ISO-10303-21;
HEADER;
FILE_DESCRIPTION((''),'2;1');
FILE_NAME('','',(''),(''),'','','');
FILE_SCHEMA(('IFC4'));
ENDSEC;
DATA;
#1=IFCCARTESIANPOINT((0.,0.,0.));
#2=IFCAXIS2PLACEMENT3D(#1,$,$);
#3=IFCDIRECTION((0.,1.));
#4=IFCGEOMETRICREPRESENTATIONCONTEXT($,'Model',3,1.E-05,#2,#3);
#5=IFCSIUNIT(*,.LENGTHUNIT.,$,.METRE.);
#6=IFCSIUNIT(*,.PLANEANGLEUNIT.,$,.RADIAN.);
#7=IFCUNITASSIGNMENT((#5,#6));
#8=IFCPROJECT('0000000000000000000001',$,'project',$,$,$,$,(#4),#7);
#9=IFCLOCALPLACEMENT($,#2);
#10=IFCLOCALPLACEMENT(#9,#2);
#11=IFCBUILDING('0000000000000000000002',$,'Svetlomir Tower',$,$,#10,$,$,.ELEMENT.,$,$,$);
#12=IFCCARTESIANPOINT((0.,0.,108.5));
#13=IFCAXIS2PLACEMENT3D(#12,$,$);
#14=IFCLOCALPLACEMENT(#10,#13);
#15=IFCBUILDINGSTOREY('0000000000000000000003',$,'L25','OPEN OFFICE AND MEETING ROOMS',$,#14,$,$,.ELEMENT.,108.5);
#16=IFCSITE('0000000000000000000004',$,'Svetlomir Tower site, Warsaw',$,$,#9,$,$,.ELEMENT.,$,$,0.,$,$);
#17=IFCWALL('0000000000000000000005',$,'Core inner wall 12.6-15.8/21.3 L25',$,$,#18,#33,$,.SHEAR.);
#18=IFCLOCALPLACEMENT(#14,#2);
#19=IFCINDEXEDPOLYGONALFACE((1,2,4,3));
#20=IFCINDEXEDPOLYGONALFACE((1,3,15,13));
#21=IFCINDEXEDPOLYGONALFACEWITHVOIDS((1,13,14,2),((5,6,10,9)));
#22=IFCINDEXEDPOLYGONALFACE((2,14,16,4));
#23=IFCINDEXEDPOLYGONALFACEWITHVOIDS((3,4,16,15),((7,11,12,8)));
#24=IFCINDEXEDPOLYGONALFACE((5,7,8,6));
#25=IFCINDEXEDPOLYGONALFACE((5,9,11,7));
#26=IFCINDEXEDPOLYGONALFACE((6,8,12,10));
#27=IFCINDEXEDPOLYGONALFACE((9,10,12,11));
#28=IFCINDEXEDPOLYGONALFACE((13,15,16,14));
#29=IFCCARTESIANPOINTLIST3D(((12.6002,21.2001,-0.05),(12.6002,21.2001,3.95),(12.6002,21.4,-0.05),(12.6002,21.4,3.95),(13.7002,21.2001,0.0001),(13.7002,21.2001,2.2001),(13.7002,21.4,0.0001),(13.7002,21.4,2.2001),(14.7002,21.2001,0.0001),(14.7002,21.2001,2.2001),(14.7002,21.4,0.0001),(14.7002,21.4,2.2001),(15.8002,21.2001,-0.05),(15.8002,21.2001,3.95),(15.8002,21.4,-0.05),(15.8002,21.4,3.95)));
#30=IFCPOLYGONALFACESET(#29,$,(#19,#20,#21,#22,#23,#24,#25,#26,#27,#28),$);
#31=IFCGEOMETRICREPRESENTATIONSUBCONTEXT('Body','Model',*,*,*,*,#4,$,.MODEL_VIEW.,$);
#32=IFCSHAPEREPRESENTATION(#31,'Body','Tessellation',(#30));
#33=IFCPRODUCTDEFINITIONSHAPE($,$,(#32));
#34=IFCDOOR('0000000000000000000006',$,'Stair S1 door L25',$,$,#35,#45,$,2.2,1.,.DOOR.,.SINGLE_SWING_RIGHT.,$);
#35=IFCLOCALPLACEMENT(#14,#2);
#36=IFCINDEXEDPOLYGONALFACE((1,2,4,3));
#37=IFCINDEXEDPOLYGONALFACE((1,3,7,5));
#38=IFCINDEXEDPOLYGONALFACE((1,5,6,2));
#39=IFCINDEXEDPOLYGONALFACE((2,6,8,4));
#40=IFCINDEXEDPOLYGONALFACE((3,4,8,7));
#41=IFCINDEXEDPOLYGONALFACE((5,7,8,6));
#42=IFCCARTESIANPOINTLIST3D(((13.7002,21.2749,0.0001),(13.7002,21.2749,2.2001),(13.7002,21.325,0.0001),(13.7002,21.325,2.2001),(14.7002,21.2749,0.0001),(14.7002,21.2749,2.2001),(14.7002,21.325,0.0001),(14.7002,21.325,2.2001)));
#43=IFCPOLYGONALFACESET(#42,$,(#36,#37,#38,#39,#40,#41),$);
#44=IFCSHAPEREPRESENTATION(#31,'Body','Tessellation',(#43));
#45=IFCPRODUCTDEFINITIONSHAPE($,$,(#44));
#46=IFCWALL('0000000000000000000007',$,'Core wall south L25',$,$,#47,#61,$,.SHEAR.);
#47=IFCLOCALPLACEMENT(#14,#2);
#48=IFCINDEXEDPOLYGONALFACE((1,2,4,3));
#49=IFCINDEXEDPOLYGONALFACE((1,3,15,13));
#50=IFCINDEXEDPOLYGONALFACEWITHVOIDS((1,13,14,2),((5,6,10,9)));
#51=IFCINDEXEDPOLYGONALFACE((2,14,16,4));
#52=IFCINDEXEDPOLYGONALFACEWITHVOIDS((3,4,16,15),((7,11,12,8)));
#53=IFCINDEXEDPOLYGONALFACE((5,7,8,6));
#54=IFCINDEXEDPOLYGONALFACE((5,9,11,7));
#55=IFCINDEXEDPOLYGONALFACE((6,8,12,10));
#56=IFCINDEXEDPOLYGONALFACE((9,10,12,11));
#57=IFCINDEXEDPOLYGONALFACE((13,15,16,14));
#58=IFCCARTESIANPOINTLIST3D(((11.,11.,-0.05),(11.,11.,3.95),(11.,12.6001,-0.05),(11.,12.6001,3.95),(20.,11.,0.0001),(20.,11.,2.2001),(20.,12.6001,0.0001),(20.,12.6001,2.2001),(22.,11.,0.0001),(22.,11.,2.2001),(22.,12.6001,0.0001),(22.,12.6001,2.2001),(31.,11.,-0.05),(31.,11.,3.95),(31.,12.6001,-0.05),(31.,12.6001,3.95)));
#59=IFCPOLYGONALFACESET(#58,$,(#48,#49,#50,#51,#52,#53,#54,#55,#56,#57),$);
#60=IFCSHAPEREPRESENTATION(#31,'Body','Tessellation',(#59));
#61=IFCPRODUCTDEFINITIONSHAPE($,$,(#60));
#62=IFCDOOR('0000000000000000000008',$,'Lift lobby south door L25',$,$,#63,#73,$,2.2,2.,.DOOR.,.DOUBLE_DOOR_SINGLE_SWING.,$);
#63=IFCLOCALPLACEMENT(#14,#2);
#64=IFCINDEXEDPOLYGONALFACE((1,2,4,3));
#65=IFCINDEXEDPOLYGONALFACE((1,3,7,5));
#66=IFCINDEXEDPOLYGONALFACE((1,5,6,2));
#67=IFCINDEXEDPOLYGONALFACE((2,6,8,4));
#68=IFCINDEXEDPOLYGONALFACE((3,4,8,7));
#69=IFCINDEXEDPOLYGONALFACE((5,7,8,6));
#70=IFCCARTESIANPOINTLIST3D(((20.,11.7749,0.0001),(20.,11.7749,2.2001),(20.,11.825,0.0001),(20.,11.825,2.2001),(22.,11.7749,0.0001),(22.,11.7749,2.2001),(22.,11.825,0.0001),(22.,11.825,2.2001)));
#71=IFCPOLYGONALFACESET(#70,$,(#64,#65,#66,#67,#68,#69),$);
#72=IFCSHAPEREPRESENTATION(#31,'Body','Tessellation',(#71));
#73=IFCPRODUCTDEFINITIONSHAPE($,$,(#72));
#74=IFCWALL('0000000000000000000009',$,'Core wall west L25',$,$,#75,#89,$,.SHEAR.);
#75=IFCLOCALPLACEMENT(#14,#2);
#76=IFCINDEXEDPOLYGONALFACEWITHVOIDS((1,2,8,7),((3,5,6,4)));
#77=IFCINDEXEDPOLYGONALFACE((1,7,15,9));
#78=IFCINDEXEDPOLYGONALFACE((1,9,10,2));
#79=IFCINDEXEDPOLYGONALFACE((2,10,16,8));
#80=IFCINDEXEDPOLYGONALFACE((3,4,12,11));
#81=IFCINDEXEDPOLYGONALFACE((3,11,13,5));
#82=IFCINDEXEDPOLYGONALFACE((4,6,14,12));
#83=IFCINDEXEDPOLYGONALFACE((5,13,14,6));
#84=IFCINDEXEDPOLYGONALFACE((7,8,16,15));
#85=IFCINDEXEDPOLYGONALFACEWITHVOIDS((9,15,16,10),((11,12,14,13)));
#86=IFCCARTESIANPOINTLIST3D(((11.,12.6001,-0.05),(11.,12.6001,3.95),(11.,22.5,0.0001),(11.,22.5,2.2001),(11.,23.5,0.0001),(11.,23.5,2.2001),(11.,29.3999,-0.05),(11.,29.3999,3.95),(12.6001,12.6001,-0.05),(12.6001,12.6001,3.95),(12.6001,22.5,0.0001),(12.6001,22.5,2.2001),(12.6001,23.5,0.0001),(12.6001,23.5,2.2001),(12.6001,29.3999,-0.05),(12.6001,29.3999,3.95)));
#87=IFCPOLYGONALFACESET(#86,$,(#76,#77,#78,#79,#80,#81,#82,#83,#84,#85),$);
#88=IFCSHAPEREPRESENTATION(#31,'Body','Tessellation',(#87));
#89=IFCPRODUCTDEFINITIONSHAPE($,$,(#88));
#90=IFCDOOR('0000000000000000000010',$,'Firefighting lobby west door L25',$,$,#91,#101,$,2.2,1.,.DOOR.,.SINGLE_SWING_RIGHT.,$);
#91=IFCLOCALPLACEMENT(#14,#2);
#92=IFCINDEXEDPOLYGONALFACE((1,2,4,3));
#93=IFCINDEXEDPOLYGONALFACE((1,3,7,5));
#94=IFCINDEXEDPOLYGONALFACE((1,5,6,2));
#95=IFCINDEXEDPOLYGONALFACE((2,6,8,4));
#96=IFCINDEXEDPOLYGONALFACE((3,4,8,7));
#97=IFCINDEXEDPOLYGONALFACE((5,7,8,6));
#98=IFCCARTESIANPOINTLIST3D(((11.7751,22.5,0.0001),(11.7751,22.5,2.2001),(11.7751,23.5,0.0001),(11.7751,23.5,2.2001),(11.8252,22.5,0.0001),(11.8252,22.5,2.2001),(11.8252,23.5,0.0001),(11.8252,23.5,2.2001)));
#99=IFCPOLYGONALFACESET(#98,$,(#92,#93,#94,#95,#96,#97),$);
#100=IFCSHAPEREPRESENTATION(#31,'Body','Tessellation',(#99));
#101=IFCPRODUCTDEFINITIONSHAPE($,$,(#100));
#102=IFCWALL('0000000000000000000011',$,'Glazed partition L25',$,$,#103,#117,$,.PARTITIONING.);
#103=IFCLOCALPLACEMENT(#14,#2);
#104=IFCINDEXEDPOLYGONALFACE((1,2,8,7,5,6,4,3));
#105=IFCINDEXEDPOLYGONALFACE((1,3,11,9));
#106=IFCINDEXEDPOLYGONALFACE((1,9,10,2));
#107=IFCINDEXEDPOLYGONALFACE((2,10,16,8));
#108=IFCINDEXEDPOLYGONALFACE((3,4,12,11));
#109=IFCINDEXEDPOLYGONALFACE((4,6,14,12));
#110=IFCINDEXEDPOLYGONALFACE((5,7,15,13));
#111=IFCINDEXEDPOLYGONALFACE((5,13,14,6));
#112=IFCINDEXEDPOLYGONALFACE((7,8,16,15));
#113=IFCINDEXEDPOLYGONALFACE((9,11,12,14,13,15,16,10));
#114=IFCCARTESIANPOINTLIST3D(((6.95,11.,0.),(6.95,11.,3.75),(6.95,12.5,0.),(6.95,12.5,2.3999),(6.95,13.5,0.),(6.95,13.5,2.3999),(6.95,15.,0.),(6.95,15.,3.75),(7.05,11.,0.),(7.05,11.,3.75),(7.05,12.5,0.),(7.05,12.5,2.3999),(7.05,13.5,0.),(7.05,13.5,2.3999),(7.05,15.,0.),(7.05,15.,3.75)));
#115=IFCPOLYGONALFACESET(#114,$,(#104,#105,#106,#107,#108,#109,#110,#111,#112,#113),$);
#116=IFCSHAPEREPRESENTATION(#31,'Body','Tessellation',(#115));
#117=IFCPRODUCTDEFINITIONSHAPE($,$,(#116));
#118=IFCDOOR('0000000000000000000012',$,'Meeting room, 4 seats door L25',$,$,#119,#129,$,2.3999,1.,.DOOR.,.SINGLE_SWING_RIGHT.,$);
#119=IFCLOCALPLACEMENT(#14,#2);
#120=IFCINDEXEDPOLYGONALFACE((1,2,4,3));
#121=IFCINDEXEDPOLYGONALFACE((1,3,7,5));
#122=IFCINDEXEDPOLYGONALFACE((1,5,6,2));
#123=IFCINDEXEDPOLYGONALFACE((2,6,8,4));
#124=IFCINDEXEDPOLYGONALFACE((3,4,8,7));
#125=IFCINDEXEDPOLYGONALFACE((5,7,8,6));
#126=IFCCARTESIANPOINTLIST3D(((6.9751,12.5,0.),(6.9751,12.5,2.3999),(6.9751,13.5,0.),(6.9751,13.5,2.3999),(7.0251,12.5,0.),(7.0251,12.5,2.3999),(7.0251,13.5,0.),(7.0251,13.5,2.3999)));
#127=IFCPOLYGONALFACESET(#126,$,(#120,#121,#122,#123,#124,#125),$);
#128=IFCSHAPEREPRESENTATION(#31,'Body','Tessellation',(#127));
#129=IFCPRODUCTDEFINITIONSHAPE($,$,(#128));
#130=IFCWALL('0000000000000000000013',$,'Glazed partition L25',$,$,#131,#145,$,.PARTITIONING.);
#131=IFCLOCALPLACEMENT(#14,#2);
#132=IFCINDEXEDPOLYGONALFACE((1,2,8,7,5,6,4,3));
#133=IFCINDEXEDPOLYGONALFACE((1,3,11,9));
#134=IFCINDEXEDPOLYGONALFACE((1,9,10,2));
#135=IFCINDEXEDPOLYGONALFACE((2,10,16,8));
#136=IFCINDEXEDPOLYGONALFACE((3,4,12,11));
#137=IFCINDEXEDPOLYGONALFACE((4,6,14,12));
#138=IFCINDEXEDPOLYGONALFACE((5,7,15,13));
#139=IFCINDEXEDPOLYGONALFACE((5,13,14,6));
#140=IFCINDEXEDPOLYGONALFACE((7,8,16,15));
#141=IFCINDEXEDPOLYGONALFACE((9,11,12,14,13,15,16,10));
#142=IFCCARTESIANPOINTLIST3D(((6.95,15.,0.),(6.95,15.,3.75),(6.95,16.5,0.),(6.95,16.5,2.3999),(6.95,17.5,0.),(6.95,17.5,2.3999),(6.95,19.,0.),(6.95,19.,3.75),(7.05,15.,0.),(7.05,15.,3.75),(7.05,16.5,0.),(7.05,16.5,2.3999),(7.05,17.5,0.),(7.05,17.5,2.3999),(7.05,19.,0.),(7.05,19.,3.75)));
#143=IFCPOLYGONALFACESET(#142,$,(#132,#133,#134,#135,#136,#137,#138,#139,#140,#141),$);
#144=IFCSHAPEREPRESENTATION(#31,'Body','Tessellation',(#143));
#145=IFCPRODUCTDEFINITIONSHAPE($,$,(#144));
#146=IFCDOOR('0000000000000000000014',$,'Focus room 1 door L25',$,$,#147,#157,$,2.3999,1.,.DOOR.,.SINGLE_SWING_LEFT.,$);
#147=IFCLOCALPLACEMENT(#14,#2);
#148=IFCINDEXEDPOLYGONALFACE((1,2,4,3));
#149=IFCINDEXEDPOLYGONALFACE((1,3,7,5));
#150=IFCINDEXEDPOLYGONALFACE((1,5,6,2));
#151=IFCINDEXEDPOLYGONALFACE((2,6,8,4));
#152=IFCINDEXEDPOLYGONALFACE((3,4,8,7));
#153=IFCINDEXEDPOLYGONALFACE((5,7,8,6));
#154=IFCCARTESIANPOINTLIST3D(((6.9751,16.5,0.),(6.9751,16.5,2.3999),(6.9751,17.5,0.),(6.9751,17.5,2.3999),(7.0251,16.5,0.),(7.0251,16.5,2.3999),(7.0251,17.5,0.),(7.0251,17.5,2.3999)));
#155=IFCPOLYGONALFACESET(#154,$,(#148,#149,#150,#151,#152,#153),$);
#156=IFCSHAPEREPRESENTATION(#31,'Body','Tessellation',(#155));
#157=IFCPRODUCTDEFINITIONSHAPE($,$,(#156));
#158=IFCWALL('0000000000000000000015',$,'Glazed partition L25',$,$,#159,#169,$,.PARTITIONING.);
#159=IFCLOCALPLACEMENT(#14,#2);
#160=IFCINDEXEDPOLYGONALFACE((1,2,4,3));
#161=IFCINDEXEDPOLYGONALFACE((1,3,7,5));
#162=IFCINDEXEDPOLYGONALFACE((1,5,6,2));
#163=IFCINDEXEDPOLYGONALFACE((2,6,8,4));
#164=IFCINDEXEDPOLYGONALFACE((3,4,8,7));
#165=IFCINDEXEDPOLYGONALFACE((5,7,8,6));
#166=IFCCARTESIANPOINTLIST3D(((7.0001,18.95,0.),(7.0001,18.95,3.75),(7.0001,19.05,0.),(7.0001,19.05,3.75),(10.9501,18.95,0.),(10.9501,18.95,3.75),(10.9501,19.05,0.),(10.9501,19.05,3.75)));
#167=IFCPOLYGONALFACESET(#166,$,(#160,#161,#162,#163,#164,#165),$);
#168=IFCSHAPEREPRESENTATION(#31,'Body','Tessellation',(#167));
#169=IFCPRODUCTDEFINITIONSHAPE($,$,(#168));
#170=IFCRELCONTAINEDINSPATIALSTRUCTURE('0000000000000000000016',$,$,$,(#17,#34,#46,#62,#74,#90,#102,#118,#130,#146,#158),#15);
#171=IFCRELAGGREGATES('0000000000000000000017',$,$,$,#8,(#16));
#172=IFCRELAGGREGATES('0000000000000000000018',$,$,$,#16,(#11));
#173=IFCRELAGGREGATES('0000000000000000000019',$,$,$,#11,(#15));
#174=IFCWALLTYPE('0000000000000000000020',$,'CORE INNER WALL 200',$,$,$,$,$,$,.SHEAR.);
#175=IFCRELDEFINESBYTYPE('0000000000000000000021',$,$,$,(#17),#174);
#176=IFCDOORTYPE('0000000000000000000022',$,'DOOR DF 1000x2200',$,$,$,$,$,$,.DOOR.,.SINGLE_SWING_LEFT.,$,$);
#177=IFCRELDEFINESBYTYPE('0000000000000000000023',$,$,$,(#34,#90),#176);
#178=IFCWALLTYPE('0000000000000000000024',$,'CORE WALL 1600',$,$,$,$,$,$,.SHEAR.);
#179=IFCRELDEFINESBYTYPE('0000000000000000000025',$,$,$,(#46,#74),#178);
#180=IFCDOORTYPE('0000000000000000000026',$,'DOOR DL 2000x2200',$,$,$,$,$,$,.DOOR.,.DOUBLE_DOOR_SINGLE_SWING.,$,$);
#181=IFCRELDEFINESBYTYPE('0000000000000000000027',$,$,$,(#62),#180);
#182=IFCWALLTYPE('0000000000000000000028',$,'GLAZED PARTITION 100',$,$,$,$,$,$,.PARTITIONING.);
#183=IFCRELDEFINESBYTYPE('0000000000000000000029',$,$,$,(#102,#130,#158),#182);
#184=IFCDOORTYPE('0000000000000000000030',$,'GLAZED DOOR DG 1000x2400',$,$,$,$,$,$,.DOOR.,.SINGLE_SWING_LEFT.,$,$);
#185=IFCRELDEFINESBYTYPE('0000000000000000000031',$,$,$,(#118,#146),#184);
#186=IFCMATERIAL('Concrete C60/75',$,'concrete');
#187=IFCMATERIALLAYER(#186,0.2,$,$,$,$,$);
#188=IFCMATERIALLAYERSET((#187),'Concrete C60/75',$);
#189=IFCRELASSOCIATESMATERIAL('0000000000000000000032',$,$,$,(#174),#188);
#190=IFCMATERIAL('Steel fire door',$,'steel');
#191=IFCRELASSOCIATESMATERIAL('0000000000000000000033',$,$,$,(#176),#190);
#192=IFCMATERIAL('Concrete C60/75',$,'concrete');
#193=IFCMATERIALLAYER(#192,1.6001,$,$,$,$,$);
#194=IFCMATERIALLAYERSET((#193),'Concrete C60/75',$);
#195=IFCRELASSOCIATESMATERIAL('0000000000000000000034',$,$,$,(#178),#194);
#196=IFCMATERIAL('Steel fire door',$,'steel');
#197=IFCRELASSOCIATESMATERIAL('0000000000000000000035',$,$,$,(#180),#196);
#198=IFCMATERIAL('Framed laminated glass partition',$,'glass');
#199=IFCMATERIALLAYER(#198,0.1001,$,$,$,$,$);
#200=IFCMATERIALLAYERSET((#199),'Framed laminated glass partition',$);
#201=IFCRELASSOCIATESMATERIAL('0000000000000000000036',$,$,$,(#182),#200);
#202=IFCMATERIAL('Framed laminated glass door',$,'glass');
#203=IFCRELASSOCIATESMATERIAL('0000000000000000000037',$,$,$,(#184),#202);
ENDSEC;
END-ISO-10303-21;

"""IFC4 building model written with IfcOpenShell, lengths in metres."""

from ifc_helpers import new_model, si_unit, direction, frame, frame_2d, origin, place, context, subcontext, project, spatial, rectangle, extrude, material, layer, layer_set, type_object, element, fill, save


model = new_model("IFC4")

# Units and contexts
model_context = context("Model", 3, precision=1e-05, world=origin(), true_north=direction((0.0, 1.0)))
body_context = subcontext(model_context, "Body", "Model", "MODEL_VIEW")
ifc_project = project(units=[si_unit("LENGTHUNIT", "METRE"), si_unit("PLANEANGLEUNIT", "RADIAN")], contexts=[model_context])

# Site, building, storey
site_placement = place(None, origin())
site = spatial("IfcSite", under=ifc_project, at=site_placement, Name="Svetlomir Tower site, Warsaw", CompositionType="ELEMENT", RefElevation=0.0)
building_placement = place(site_placement, origin())
building = spatial("IfcBuilding", under=site, at=building_placement, Name="Svetlomir Tower", CompositionType="ELEMENT")
storey_placement = place(building_placement, frame((0.0, 0.0, 108.5)))
storey = spatial("IfcBuildingStorey", under=building, at=storey_placement, Name="L25", Description="OPEN OFFICE AND MEETING ROOMS", CompositionType="ELEMENT", Elevation=108.5)

# Walls, openings, doors
ifc_material_1 = material(Name="Concrete C60/75", Category="concrete")
ifc_layer_1 = layer(ifc_material_1, 0.2)
ifc_layer_set_1 = layer_set([ifc_layer_1], Name="Concrete C60/75")
wall_type_1 = type_object("IfcWallType", Name="CORE INNER WALL 200", PredefinedType="SHEAR", material=ifc_layer_set_1)
wall_1_placement = place(storey_placement, frame((12.6001, 21.3, -0.05), z_axis=(0.0, 0.0, 1.0), x_axis=(1.0, 0.0, 0.0)))
wall_1 = element("IfcWall", 1, at=wall_1_placement, inside=storey, type_object=wall_type_1, Name="Core inner wall 12.6-15.8/21.3 L25", PredefinedType="SHEAR", context=body_context, shape_type="SweptSolid", body=[
    extrude(rectangle(XDim=3.2, YDim=0.2, at=frame_2d((1.6001, 0.0))), origin(), (0.0, 0.0, 1.0), 4.0),
])
opening_1_placement = place(wall_1_placement, frame((1.1001, 0.0, 0.05)))
opening_1 = element("IfcOpeningElement", 2, at=opening_1_placement, cuts=wall_1, PredefinedType="OPENING", context=body_context, shape_type="SweptSolid", body=[
    extrude(rectangle(XDim=1.0, YDim=2.2, at=frame_2d((0.5, 1.1001))), frame((0.0, 0.1099, 0.0), z_axis=(0.0, -1.0, 0.0), x_axis=(1.0, 0.0, 0.0)), (0.0, 0.0, 1.0), 0.22),
])
ifc_material_2 = material(Name="Steel fire door", Category="steel")
door_type_1 = type_object("IfcDoorType", Name="DOOR DF 1000x2200", OperationType="SINGLE_SWING_LEFT", PredefinedType="DOOR", material=ifc_material_2)
door_1_placement = place(opening_1_placement, origin())
door_1 = element("IfcDoor", 3, at=door_1_placement, inside=storey, type_object=door_type_1, Name="Stair S1 door L25", OperationType="SINGLE_SWING_RIGHT", OverallHeight=2.2, OverallWidth=1.0, PredefinedType="DOOR", context=body_context, shape_type="SweptSolid", body=[
    extrude(rectangle(XDim=1.0, YDim=2.2, at=frame_2d((0.5, 1.1001))), frame((0.0, 0.0249, 0.0), z_axis=(0.0, -1.0, 0.0), x_axis=(1.0, 0.0, 0.0)), (0.0, 0.0, 1.0), 0.05),
])
fill(opening_1, door_1)
ifc_material_3 = material(Name="Concrete C60/75", Category="concrete")
ifc_layer_2 = layer(ifc_material_3, 1.6001)
ifc_layer_set_2 = layer_set([ifc_layer_2], Name="Concrete C60/75")
wall_type_2 = type_object("IfcWallType", Name="CORE WALL 1600", PredefinedType="SHEAR", material=ifc_layer_set_2)
wall_2_placement = place(storey_placement, frame((11.0, 11.8, -0.05), z_axis=(0.0, 0.0, 1.0), x_axis=(1.0, 0.0, 0.0)))
wall_2 = element("IfcWall", 4, at=wall_2_placement, inside=storey, type_object=wall_type_2, Name="Core wall south L25", PredefinedType="SHEAR", context=body_context, shape_type="SweptSolid", body=[
    extrude(rectangle(XDim=20.0, YDim=1.6001, at=frame_2d((10.0, 0.0))), origin(), (0.0, 0.0, 1.0), 4.0),
])
opening_2_placement = place(wall_2_placement, frame((9.0, 0.0, 0.05)))
opening_2 = element("IfcOpeningElement", 5, at=opening_2_placement, cuts=wall_2, PredefinedType="OPENING", context=body_context, shape_type="SweptSolid", body=[
    extrude(rectangle(XDim=2.0, YDim=2.2, at=frame_2d((1.0, 1.1001))), frame((0.0, 0.8101, 0.0), z_axis=(0.0, -1.0, 0.0), x_axis=(1.0, 0.0, 0.0)), (0.0, 0.0, 1.0), 1.6201),
])
ifc_material_4 = material(Name="Steel fire door", Category="steel")
door_type_2 = type_object("IfcDoorType", Name="DOOR DL 2000x2200", OperationType="DOUBLE_DOOR_SINGLE_SWING", PredefinedType="DOOR", material=ifc_material_4)
door_2_placement = place(opening_2_placement, origin())
door_2 = element("IfcDoor", 6, at=door_2_placement, inside=storey, type_object=door_type_2, Name="Lift lobby south door L25", OperationType="DOUBLE_DOOR_SINGLE_SWING", OverallHeight=2.2, OverallWidth=2.0, PredefinedType="DOOR", context=body_context, shape_type="SweptSolid", body=[
    extrude(rectangle(XDim=2.0, YDim=2.2, at=frame_2d((1.0, 1.1001))), frame((0.0, 0.0249, 0.0), z_axis=(0.0, -1.0, 0.0), x_axis=(1.0, 0.0, 0.0)), (0.0, 0.0, 1.0), 0.05),
])
fill(opening_2, door_2)
wall_3_placement = place(storey_placement, frame((11.8, 12.6001, -0.05), z_axis=(0.0, 0.0, 1.0), x_axis=(0.0, 1.0, 0.0)))
wall_3 = element("IfcWall", 7, at=wall_3_placement, inside=storey, type_object=wall_type_2, Name="Core wall west L25", PredefinedType="SHEAR", context=body_context, shape_type="SweptSolid", body=[
    extrude(rectangle(XDim=16.7998, YDim=1.6001, at=frame_2d((8.3999, 0.0))), origin(), (0.0, 0.0, 1.0), 4.0),
])
opening_3_placement = place(wall_3_placement, frame((9.8999, 0.0, 0.05)))
opening_3 = element("IfcOpeningElement", 8, at=opening_3_placement, cuts=wall_3, PredefinedType="OPENING", context=body_context, shape_type="SweptSolid", body=[
    extrude(rectangle(XDim=1.0, YDim=2.2, at=frame_2d((0.5, 1.1001))), frame((0.0, 0.8101, 0.0), z_axis=(0.0, -1.0, 0.0), x_axis=(1.0, 0.0, 0.0)), (0.0, 0.0, 1.0), 1.6201),
])
door_3_placement = place(opening_3_placement, origin())
door_3 = element("IfcDoor", 9, at=door_3_placement, inside=storey, type_object=door_type_1, Name="Firefighting lobby west door L25", OperationType="SINGLE_SWING_RIGHT", OverallHeight=2.2, OverallWidth=1.0, PredefinedType="DOOR", context=body_context, shape_type="SweptSolid", body=[
    extrude(rectangle(XDim=1.0, YDim=2.2, at=frame_2d((0.5, 1.1001))), frame((0.0, 0.0249, 0.0), z_axis=(0.0, -1.0, 0.0), x_axis=(1.0, 0.0, 0.0)), (0.0, 0.0, 1.0), 0.05),
])
fill(opening_3, door_3)
ifc_material_5 = material(Name="Framed laminated glass partition", Category="glass")
ifc_layer_3 = layer(ifc_material_5, 0.1001)
ifc_layer_set_3 = layer_set([ifc_layer_3], Name="Framed laminated glass partition")
wall_type_3 = type_object("IfcWallType", Name="GLAZED PARTITION 100", PredefinedType="PARTITIONING", material=ifc_layer_set_3)
wall_4_placement = place(storey_placement, frame((7.0, 11.0, 0.0), z_axis=(0.0, 0.0, 1.0), x_axis=(0.0, 1.0, 0.0)))
wall_4 = element("IfcWall", 10, at=wall_4_placement, inside=storey, type_object=wall_type_3, Name="Glazed partition L25", PredefinedType="PARTITIONING", context=body_context, shape_type="SweptSolid", body=[
    extrude(rectangle(XDim=4.0, YDim=0.1001, at=frame_2d((2.0, 0.0))), origin(), (0.0, 0.0, 1.0), 3.75),
])
opening_4_placement = place(wall_4_placement, frame((1.5, 0.0, 0.0)))
opening_4 = element("IfcOpeningElement", 11, at=opening_4_placement, cuts=wall_4, PredefinedType="OPENING", context=body_context, shape_type="SweptSolid", body=[
    extrude(rectangle(XDim=1.0, YDim=2.3999, at=frame_2d((0.5, 1.2))), frame((0.0, 0.0601, 0.0), z_axis=(0.0, -1.0, 0.0), x_axis=(1.0, 0.0, 0.0)), (0.0, 0.0, 1.0), 0.1201),
])
ifc_material_6 = material(Name="Framed laminated glass door", Category="glass")
door_type_3 = type_object("IfcDoorType", Name="GLAZED DOOR DG 1000x2400", OperationType="SINGLE_SWING_LEFT", PredefinedType="DOOR", material=ifc_material_6)
door_4_placement = place(opening_4_placement, origin())
door_4 = element("IfcDoor", 12, at=door_4_placement, inside=storey, type_object=door_type_3, Name="Meeting room, 4 seats door L25", OperationType="SINGLE_SWING_RIGHT", OverallHeight=2.3999, OverallWidth=1.0, PredefinedType="DOOR", context=body_context, shape_type="SweptSolid", body=[
    extrude(rectangle(XDim=1.0, YDim=2.3999, at=frame_2d((0.5, 1.2))), frame((0.0, 0.0249, 0.0), z_axis=(0.0, -1.0, 0.0), x_axis=(1.0, 0.0, 0.0)), (0.0, 0.0, 1.0), 0.05),
])
fill(opening_4, door_4)
wall_5_placement = place(storey_placement, frame((7.0, 15.0, 0.0), z_axis=(0.0, 0.0, 1.0), x_axis=(0.0, 1.0, 0.0)))
wall_5 = element("IfcWall", 13, at=wall_5_placement, inside=storey, type_object=wall_type_3, Name="Glazed partition L25", PredefinedType="PARTITIONING", context=body_context, shape_type="SweptSolid", body=[
    extrude(rectangle(XDim=4.0, YDim=0.1001, at=frame_2d((2.0, 0.0))), origin(), (0.0, 0.0, 1.0), 3.75),
])
opening_5_placement = place(wall_5_placement, frame((1.5, 0.0, 0.0)))
opening_5 = element("IfcOpeningElement", 14, at=opening_5_placement, cuts=wall_5, PredefinedType="OPENING", context=body_context, shape_type="SweptSolid", body=[
    extrude(rectangle(XDim=1.0, YDim=2.3999, at=frame_2d((0.5, 1.2))), frame((0.0, 0.0601, 0.0), z_axis=(0.0, -1.0, 0.0), x_axis=(1.0, 0.0, 0.0)), (0.0, 0.0, 1.0), 0.1201),
])
door_5_placement = place(opening_5_placement, origin())
door_5 = element("IfcDoor", 15, at=door_5_placement, inside=storey, type_object=door_type_3, Name="Focus room 1 door L25", OperationType="SINGLE_SWING_LEFT", OverallHeight=2.3999, OverallWidth=1.0, PredefinedType="DOOR", context=body_context, shape_type="SweptSolid", body=[
    extrude(rectangle(XDim=1.0, YDim=2.3999, at=frame_2d((0.5, 1.2))), frame((0.0, 0.0249, 0.0), z_axis=(0.0, -1.0, 0.0), x_axis=(1.0, 0.0, 0.0)), (0.0, 0.0, 1.0), 0.05),
])
fill(opening_5, door_5)

# Wall
wall_6_placement = place(storey_placement, frame((7.0, 19.0, 0.0), z_axis=(0.0, 0.0, 1.0), x_axis=(1.0, 0.0, 0.0)))
element("IfcWall", 16, at=wall_6_placement, inside=storey, type_object=wall_type_3, Name="Glazed partition L25", PredefinedType="PARTITIONING", context=body_context, shape_type="SweptSolid", body=[
    extrude(rectangle(XDim=3.95, YDim=0.1001, at=frame_2d((1.9751, 0.0))), origin(), (0.0, 0.0, 1.0), 3.75),
])

save(model, "model.ifc")
